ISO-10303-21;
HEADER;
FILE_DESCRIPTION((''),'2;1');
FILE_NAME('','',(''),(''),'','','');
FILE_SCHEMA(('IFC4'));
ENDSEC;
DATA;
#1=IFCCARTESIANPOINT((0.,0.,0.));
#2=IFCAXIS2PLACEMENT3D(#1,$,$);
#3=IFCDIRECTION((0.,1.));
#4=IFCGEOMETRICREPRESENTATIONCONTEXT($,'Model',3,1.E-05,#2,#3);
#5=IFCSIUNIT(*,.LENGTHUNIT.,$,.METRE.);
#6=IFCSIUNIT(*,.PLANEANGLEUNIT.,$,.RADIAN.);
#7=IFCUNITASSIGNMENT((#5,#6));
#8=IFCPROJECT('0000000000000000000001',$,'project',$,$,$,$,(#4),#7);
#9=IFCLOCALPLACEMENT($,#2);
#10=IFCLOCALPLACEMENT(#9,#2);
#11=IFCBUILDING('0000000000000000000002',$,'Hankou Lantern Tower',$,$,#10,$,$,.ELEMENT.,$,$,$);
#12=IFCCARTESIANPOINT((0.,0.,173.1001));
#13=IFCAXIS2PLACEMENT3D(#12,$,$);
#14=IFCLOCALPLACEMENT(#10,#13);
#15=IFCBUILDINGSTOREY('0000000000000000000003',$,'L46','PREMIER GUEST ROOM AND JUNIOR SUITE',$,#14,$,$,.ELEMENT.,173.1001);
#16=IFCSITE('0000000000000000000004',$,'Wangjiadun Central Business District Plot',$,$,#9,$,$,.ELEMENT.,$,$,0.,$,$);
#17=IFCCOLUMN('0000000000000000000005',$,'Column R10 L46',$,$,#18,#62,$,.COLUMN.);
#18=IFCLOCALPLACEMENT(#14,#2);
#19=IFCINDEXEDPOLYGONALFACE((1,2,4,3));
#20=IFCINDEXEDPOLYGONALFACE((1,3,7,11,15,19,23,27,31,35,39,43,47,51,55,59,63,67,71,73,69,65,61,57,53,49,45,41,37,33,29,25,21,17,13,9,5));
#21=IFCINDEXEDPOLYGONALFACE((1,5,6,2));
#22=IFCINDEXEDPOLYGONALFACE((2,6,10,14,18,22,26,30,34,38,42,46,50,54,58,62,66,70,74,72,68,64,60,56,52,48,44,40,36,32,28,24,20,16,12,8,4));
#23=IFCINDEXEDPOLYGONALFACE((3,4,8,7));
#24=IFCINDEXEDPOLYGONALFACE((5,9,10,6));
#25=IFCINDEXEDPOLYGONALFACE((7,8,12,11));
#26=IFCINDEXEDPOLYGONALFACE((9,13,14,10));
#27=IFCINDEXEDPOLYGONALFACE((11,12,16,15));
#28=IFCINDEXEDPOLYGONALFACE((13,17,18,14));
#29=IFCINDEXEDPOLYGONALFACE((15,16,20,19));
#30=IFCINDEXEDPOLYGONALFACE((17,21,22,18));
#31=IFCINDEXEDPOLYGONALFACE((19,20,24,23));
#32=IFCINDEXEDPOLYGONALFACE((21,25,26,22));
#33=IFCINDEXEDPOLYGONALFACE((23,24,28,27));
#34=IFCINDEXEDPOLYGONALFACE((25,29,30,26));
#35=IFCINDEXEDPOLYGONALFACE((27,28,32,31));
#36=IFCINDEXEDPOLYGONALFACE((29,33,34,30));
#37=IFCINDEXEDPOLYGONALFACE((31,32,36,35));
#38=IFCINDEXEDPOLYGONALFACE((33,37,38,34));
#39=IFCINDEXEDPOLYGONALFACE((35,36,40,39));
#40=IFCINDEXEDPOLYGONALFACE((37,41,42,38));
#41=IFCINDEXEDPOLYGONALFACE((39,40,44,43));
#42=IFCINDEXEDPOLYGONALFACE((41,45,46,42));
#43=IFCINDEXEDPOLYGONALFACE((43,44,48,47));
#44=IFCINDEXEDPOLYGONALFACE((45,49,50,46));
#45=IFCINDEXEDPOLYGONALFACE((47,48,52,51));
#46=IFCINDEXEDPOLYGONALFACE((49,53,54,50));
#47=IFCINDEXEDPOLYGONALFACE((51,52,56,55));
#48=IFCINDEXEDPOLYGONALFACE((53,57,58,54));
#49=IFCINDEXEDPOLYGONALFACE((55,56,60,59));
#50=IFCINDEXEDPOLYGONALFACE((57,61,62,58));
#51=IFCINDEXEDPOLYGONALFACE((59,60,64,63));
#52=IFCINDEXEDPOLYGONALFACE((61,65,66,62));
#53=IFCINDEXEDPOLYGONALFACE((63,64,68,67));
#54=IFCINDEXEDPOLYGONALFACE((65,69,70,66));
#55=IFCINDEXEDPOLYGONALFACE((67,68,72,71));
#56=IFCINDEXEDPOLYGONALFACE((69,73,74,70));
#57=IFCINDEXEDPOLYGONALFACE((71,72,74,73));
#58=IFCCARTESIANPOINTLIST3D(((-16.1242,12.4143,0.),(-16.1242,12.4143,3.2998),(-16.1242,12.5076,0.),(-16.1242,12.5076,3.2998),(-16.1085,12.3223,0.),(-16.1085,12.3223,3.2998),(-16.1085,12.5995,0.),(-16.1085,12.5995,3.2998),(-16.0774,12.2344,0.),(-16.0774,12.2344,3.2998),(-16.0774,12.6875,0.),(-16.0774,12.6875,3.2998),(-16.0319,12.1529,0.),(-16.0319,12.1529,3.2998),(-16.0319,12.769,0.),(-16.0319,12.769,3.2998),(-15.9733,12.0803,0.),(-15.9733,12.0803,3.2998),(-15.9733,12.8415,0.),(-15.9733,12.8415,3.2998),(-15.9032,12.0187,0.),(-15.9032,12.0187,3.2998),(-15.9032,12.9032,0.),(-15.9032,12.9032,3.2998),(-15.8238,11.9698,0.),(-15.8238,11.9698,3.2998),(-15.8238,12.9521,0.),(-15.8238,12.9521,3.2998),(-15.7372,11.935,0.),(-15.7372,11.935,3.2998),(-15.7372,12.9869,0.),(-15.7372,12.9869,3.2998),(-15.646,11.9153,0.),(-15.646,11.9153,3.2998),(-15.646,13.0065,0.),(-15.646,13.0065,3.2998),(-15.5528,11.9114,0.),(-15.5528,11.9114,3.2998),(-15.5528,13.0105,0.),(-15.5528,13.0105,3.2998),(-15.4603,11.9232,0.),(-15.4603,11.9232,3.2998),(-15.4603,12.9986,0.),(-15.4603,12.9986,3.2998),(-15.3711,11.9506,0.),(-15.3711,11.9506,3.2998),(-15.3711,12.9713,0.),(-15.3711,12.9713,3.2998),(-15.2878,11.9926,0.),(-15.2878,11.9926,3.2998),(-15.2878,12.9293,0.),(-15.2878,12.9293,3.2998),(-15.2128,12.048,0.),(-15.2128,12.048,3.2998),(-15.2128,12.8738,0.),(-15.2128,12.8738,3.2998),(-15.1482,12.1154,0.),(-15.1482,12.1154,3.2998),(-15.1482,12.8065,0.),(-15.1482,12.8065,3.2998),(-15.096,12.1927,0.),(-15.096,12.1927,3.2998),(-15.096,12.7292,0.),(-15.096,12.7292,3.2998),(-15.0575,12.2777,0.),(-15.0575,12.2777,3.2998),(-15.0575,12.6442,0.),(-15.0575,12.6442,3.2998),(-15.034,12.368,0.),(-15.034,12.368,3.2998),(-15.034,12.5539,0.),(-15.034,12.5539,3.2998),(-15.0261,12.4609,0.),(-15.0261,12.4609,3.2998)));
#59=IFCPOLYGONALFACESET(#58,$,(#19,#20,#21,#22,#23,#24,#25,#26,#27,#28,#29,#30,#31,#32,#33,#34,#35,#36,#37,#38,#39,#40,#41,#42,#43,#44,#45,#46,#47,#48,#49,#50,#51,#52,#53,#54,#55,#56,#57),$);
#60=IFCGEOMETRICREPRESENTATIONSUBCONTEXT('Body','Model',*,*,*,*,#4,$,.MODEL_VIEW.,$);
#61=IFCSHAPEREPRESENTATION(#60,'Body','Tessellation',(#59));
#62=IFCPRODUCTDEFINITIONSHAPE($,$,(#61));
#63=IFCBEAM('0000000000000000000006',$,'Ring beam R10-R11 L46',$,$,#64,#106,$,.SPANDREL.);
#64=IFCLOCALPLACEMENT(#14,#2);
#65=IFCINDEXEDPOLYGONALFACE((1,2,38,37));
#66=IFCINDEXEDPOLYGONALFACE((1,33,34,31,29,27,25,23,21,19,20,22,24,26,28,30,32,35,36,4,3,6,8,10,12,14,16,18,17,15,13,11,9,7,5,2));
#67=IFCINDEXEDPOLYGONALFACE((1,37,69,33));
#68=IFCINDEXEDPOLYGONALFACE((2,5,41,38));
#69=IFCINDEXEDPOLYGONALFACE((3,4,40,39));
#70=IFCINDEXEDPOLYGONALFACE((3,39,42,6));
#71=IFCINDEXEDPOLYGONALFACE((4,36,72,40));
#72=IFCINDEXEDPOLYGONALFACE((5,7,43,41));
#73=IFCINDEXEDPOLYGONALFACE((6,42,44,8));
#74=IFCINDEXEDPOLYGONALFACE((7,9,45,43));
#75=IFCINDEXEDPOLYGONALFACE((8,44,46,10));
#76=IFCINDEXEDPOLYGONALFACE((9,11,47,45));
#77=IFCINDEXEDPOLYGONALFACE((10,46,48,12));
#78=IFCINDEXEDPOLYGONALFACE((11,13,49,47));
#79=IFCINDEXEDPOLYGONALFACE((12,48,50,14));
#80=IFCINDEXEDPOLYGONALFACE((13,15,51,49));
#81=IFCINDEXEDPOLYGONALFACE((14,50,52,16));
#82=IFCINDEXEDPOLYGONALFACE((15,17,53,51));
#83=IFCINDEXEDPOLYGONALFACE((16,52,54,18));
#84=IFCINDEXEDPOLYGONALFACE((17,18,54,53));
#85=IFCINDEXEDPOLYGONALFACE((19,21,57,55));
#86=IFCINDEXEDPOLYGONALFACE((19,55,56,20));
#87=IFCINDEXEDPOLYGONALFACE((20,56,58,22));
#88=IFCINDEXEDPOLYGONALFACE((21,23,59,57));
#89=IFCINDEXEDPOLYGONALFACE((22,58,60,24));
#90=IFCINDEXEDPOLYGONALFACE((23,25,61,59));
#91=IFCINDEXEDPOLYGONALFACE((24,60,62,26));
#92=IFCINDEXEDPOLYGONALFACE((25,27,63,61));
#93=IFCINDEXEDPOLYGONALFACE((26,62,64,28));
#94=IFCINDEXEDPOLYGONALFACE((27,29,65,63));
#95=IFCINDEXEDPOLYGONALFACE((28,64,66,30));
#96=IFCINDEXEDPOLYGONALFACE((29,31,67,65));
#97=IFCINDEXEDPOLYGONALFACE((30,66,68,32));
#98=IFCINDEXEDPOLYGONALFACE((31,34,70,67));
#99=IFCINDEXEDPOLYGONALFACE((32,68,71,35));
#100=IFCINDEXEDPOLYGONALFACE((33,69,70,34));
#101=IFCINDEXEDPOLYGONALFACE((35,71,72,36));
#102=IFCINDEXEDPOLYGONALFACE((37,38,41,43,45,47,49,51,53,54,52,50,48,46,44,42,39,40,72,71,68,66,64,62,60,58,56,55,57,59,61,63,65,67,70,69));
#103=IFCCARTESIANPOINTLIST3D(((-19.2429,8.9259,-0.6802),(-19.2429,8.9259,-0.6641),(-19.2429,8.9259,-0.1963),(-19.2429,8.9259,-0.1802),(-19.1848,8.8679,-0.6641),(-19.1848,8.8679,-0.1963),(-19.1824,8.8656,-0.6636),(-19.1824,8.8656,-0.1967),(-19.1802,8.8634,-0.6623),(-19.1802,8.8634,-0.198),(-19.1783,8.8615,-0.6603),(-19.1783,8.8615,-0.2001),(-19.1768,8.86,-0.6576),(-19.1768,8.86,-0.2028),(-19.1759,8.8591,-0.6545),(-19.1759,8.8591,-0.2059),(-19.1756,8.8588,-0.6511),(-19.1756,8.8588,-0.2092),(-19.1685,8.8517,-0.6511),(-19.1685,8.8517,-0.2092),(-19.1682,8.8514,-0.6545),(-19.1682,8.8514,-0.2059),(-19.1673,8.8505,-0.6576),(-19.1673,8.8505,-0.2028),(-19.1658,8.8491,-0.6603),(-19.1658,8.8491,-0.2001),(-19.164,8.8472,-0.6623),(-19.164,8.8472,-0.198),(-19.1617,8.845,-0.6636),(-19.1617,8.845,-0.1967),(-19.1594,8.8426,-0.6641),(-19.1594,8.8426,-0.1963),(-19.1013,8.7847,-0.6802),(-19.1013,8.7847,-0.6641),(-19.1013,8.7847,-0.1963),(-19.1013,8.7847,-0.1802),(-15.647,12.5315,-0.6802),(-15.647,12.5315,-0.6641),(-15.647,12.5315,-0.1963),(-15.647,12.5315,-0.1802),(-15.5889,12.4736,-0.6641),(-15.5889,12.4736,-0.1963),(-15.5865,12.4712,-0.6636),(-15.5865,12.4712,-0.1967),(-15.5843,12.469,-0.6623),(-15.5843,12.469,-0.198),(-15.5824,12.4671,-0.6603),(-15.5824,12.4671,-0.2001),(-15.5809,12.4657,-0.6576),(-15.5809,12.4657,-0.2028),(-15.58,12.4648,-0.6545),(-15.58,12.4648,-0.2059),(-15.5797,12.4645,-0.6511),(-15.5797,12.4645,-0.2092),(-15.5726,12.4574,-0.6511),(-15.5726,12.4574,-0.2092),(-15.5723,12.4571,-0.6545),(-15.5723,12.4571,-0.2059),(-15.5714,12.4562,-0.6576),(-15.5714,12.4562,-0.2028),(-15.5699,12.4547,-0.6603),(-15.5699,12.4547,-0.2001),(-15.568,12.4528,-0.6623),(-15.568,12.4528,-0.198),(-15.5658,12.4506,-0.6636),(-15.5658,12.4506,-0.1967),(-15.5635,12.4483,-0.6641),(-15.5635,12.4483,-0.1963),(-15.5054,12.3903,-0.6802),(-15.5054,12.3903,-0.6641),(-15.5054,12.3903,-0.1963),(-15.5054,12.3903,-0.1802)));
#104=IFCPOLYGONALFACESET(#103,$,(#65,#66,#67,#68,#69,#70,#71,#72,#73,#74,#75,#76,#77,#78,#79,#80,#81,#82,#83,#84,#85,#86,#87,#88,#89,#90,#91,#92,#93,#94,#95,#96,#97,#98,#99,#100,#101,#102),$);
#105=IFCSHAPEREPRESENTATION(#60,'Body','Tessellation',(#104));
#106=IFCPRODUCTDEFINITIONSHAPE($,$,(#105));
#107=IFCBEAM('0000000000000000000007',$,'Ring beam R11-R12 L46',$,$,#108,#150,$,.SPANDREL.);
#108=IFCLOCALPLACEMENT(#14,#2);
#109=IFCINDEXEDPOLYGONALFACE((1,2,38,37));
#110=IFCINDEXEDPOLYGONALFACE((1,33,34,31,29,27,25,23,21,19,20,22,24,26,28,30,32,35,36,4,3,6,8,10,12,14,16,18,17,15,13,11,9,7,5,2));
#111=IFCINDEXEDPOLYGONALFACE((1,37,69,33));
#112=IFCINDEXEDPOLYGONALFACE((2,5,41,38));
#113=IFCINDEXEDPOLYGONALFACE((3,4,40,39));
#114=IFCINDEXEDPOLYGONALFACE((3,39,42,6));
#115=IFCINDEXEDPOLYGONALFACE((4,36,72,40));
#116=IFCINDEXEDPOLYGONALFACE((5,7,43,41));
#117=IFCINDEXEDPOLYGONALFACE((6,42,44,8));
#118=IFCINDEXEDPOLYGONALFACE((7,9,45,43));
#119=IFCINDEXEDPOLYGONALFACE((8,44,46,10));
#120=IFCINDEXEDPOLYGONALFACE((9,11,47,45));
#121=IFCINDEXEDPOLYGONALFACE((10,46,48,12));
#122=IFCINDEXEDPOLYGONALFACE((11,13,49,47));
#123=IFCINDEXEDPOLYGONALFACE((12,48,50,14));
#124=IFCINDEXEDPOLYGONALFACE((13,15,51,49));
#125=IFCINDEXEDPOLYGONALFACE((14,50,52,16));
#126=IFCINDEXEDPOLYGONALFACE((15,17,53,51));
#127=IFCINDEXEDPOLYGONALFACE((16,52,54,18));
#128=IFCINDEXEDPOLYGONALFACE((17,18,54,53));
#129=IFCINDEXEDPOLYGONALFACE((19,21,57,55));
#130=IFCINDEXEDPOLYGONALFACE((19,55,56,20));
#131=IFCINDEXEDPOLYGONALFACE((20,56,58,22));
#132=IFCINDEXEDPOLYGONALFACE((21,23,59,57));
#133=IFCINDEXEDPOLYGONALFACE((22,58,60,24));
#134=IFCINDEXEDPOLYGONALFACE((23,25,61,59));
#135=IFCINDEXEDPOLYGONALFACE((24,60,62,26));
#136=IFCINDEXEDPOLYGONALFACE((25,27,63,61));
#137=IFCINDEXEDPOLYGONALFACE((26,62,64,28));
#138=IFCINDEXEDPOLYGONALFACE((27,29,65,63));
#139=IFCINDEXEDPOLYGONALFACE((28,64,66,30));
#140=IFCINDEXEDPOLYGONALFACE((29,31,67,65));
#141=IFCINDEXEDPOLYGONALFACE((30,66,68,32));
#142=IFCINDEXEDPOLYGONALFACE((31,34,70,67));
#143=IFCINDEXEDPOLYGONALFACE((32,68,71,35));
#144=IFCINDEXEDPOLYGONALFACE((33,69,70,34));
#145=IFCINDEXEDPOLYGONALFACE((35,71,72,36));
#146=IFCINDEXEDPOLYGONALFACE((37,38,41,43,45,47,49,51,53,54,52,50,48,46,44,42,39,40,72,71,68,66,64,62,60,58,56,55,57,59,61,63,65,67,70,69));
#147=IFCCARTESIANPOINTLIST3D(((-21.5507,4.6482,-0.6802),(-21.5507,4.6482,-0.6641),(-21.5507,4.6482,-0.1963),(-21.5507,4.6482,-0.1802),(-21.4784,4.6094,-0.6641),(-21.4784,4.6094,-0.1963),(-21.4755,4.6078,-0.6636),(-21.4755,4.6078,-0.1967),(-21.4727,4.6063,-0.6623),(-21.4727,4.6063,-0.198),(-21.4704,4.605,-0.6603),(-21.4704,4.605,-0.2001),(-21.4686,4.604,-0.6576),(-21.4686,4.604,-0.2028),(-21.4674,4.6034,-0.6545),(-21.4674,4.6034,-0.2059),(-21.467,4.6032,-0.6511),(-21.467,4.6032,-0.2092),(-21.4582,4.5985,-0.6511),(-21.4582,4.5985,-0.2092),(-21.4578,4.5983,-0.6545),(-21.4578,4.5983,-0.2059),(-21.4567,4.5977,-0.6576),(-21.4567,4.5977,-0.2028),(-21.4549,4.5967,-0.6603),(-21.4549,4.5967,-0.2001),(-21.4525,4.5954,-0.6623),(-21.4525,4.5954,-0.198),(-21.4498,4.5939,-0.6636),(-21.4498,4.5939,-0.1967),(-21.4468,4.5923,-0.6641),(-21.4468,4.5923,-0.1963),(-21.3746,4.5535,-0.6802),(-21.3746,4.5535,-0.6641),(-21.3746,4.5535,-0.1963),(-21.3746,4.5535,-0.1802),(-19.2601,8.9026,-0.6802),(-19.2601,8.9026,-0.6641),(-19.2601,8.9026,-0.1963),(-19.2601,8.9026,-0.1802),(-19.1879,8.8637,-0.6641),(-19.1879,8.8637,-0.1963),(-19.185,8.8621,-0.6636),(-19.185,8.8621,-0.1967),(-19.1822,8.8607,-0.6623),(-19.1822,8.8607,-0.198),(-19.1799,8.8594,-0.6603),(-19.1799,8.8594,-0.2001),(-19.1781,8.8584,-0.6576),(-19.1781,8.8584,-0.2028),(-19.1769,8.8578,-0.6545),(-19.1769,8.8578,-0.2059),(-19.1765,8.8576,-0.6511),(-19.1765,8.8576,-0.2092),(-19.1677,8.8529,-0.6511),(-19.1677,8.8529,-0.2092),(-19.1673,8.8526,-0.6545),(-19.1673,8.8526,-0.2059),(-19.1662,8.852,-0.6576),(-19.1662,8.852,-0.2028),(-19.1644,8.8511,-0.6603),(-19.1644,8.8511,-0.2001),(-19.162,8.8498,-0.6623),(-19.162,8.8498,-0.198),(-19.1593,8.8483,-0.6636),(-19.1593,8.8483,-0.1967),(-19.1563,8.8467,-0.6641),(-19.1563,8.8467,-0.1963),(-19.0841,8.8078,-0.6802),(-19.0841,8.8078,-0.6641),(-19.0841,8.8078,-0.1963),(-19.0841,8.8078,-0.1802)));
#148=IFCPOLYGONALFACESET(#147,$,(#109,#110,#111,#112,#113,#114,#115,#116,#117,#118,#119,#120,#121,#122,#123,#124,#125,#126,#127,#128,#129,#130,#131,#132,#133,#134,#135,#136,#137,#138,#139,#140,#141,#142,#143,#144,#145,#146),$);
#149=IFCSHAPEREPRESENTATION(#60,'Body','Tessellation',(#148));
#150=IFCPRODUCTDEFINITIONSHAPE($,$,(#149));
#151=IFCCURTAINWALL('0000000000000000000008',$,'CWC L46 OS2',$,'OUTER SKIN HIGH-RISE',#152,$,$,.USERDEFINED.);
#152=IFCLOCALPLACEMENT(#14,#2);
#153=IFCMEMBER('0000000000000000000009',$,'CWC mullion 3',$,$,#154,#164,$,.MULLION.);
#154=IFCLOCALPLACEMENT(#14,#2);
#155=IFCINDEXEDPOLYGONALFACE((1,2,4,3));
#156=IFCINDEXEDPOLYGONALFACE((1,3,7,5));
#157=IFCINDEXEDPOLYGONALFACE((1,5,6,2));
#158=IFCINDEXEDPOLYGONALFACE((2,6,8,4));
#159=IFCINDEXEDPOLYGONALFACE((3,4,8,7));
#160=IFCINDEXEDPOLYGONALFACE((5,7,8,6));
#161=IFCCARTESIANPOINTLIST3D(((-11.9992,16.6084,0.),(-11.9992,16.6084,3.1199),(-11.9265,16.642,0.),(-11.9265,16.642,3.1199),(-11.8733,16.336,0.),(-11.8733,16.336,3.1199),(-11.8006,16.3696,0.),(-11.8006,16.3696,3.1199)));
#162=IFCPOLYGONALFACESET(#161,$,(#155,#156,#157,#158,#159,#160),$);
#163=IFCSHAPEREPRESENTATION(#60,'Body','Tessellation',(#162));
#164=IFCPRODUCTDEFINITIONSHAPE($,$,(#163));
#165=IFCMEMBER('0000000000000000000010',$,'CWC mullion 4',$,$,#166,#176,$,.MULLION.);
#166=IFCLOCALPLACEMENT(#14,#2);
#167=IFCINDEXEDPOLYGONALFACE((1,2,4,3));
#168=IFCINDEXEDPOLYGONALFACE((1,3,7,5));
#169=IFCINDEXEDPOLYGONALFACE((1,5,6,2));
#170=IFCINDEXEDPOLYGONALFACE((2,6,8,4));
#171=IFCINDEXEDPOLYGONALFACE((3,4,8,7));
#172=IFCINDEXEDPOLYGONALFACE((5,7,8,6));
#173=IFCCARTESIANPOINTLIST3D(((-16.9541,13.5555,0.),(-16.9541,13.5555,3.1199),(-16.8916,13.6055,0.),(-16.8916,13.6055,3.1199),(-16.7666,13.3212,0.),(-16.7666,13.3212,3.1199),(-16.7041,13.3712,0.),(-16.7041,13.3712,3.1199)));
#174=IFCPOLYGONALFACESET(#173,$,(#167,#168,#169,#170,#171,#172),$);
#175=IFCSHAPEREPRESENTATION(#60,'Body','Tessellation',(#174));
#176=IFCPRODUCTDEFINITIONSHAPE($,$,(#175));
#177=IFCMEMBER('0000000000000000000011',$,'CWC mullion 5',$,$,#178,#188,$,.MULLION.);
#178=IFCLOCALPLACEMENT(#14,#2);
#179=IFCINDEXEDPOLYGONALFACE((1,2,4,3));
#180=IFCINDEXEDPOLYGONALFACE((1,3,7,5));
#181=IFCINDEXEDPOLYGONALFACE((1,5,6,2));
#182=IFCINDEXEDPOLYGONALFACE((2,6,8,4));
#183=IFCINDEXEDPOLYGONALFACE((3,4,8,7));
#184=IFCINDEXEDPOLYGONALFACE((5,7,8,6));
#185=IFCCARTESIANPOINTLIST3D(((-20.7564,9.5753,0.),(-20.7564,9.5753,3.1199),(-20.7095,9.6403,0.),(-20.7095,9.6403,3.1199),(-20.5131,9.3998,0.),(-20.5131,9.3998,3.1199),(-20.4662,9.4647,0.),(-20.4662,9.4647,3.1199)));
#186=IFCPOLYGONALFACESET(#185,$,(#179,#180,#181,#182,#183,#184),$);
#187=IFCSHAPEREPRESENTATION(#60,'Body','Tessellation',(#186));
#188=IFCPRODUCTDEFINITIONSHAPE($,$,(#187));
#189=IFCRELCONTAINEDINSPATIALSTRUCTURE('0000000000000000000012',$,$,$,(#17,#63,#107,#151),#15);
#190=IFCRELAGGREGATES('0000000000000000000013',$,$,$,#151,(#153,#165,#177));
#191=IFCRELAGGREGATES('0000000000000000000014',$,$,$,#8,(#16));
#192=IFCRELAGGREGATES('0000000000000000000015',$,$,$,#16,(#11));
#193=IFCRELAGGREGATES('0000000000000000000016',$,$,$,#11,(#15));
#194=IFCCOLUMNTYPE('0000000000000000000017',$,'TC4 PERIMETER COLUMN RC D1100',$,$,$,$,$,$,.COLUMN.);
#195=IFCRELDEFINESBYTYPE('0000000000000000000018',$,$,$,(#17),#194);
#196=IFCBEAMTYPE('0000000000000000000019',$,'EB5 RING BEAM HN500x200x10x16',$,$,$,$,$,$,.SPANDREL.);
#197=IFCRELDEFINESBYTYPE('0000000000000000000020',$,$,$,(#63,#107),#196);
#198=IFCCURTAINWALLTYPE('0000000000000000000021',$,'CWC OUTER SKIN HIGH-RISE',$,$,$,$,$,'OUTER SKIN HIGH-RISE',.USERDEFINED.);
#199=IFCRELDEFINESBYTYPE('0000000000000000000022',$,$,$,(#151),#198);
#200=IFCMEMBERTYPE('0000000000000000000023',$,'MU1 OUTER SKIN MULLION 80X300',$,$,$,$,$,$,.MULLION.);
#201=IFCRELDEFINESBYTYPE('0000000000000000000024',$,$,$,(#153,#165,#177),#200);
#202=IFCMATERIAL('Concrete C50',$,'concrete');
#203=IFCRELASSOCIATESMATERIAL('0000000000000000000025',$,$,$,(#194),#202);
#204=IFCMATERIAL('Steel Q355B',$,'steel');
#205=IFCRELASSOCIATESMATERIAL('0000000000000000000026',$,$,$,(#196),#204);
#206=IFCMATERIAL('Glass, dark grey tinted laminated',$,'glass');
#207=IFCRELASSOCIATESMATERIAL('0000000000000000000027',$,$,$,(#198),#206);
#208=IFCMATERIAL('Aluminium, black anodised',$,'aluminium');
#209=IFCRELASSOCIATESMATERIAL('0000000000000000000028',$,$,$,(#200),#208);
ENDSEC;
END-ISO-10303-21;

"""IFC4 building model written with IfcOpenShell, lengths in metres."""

from ifc_helpers import new_model, si_unit, direction, frame, origin, origin_2d, place, context, subcontext, project, spatial, rectangle, circle, i_section, extrude, material, material_profile, profile_set, type_object, element, aggregate, save


model = new_model("IFC4")

# Units and contexts
model_context = context("Model", 3, precision=1e-05, world=origin(), true_north=direction((0.0, 1.0)))
body_context = subcontext(model_context, "Body", "Model", "MODEL_VIEW")
ifc_project = project(units=[si_unit("LENGTHUNIT", "METRE"), si_unit("PLANEANGLEUNIT", "RADIAN")], contexts=[model_context])

# Site, building, storey
site_placement = place(None, origin())
site = spatial("IfcSite", under=ifc_project, at=site_placement, Name="Wangjiadun Central Business District Plot", CompositionType="ELEMENT", RefElevation=0.0)
building_placement = place(site_placement, origin())
building = spatial("IfcBuilding", under=site, at=building_placement, Name="Hankou Lantern Tower", CompositionType="ELEMENT")
storey_placement = place(building_placement, frame((0.0, 0.0, 173.1001)))
storey = spatial("IfcBuildingStorey", under=building, at=storey_placement, Name="L46", Description="PREMIER GUEST ROOM AND JUNIOR SUITE", CompositionType="ELEMENT", Elevation=173.1001)

# Column
ifc_material_1 = material(Name="Concrete C50", Category="concrete")
ifc_material_profile_1 = material_profile(ifc_material_1, circle(Radius=0.55, at=origin_2d()), Name="RC D1100")
ifc_profile_set_1 = profile_set([ifc_material_profile_1], Name="Concrete C50")
column_type = type_object("IfcColumnType", Name="TC4 PERIMETER COLUMN RC D1100", PredefinedType="COLUMN", material=ifc_profile_set_1)
column_placement = place(storey_placement, frame((-15.5762, 12.4609, 0.0), z_axis=(0.0, 0.0, 1.0), x_axis=(1.0, 0.0, 0.0)))
element("IfcColumn", 1, at=column_placement, inside=storey, type_object=column_type, Name="Column R10 L46", PredefinedType="COLUMN", context=body_context, shape_type="SweptSolid", body=[
    extrude(circle(Radius=0.55, at=origin_2d()), origin(), (0.0, 0.0, 1.0), 3.2998),
])

# Beams
ifc_material_2 = material(Name="Steel Q355B", Category="steel")
ifc_material_profile_2 = material_profile(ifc_material_2, i_section(OverallWidth=0.2, OverallDepth=0.5, WebThickness=0.01, FlangeThickness=0.0161, FilletRadius=0.0129, at=origin_2d()), Name="HN500x200x10x16")
ifc_profile_set_2 = profile_set([ifc_material_profile_2], Name="Steel Q355B")
beam_type_1 = type_object("IfcBeamType", Name="EB5 RING BEAM HN500x200x10x16", PredefinedType="SPANDREL", material=ifc_profile_set_2)
beam_1_placement = place(storey_placement, frame((-15.5762, 12.4609, -0.4302), z_axis=(-0.706147, -0.708065, 0.0), x_axis=(0.708065, -0.706147, 0.0)))
element("IfcBeam", 2, at=beam_1_placement, inside=storey, type_object=beam_type_1, Name="Ring beam R10-R11 L46", PredefinedType="SPANDREL", context=body_context, shape_type="SweptSolid", body=[
    extrude(i_section(OverallWidth=0.2, OverallDepth=0.5, WebThickness=0.01, FlangeThickness=0.0161, FilletRadius=0.0129, at=origin_2d()), origin(), (0.0, 0.0, 1.0), 5.0923),
])
beam_2_placement = place(storey_placement, frame((-19.1721, 8.8552, -0.4302), z_axis=(-0.474052, -0.880497, 0.0), x_axis=(0.880497, -0.474052, 0.0)))
element("IfcBeam", 3, at=beam_2_placement, inside=storey, type_object=beam_type_1, Name="Ring beam R11-R12 L46", PredefinedType="SPANDREL", context=body_context, shape_type="SweptSolid", body=[
    extrude(i_section(OverallWidth=0.2, OverallDepth=0.5, WebThickness=0.01, FlangeThickness=0.0161, FilletRadius=0.0129, at=origin_2d()), origin(), (0.0, 0.0, 1.0), 4.8318),
])

# Curtain wall, members
ifc_material_3 = material(Name="Glass, dark grey tinted laminated", Category="glass")
curtain_wall_type = type_object("IfcCurtainWallType", Name="CWC OUTER SKIN HIGH-RISE", ElementType="OUTER SKIN HIGH-RISE", PredefinedType="USERDEFINED", material=ifc_material_3)
curtain_wall_placement = place(storey_placement, origin())
curtain_wall = element("IfcCurtainWall", 4, at=curtain_wall_placement, inside=storey, type_object=curtain_wall_type, Name="CWC L46 OS2", ObjectType="OUTER SKIN HIGH-RISE", PredefinedType="USERDEFINED")
ifc_material_4 = material(Name="Aluminium, black anodised", Category="aluminium")
ifc_material_profile_3 = material_profile(ifc_material_4, rectangle(XDim=0.0801, YDim=0.3, at=origin_2d()), Name="MU1 80X300")
ifc_profile_set_3 = profile_set([ifc_material_profile_3], Name="Aluminium, black anodised")
member_type_1 = type_object("IfcMemberType", Name="MU1 OUTER SKIN MULLION 80X300", PredefinedType="MULLION", material=ifc_profile_set_3)
member_1_placement = place(storey_placement, frame((-11.8999, 16.489, 0.0), z_axis=(0.0, 0.0, 1.0), x_axis=(-0.907841, -0.419314, 0.0)))
member_1 = element("IfcMember", 5, at=member_1_placement, type_object=member_type_1, Name="CWC mullion 3", PredefinedType="MULLION", context=body_context, shape_type="SweptSolid", body=[
    extrude(rectangle(XDim=0.0801, YDim=0.3, at=origin_2d()), origin(), (0.0, 0.0, 1.0), 3.1199),
])
member_2_placement = place(storey_placement, frame((-16.8291, 13.4634, 0.0), z_axis=(0.0, 0.0, 1.0), x_axis=(-0.780869, -0.624695, 0.0)))
member_2 = element("IfcMember", 6, at=member_2_placement, type_object=member_type_1, Name="CWC mullion 4", PredefinedType="MULLION", context=body_context, shape_type="SweptSolid", body=[
    extrude(rectangle(XDim=0.0801, YDim=0.3, at=origin_2d()), origin(), (0.0, 0.0, 1.0), 3.1199),
])
member_3_placement = place(storey_placement, frame((-20.6113, 9.52, 0.0), z_axis=(0.0, 0.0, 1.0), x_axis=(-0.585206, -0.810885, 0.0)))
member_3 = element("IfcMember", 7, at=member_3_placement, type_object=member_type_1, Name="CWC mullion 5", PredefinedType="MULLION", context=body_context, shape_type="SweptSolid", body=[
    extrude(rectangle(XDim=0.0801, YDim=0.3, at=origin_2d()), origin(), (0.0, 0.0, 1.0), 3.1199),
])

aggregate(curtain_wall, [member_1, member_2, member_3])

save(model, "model.ifc")
